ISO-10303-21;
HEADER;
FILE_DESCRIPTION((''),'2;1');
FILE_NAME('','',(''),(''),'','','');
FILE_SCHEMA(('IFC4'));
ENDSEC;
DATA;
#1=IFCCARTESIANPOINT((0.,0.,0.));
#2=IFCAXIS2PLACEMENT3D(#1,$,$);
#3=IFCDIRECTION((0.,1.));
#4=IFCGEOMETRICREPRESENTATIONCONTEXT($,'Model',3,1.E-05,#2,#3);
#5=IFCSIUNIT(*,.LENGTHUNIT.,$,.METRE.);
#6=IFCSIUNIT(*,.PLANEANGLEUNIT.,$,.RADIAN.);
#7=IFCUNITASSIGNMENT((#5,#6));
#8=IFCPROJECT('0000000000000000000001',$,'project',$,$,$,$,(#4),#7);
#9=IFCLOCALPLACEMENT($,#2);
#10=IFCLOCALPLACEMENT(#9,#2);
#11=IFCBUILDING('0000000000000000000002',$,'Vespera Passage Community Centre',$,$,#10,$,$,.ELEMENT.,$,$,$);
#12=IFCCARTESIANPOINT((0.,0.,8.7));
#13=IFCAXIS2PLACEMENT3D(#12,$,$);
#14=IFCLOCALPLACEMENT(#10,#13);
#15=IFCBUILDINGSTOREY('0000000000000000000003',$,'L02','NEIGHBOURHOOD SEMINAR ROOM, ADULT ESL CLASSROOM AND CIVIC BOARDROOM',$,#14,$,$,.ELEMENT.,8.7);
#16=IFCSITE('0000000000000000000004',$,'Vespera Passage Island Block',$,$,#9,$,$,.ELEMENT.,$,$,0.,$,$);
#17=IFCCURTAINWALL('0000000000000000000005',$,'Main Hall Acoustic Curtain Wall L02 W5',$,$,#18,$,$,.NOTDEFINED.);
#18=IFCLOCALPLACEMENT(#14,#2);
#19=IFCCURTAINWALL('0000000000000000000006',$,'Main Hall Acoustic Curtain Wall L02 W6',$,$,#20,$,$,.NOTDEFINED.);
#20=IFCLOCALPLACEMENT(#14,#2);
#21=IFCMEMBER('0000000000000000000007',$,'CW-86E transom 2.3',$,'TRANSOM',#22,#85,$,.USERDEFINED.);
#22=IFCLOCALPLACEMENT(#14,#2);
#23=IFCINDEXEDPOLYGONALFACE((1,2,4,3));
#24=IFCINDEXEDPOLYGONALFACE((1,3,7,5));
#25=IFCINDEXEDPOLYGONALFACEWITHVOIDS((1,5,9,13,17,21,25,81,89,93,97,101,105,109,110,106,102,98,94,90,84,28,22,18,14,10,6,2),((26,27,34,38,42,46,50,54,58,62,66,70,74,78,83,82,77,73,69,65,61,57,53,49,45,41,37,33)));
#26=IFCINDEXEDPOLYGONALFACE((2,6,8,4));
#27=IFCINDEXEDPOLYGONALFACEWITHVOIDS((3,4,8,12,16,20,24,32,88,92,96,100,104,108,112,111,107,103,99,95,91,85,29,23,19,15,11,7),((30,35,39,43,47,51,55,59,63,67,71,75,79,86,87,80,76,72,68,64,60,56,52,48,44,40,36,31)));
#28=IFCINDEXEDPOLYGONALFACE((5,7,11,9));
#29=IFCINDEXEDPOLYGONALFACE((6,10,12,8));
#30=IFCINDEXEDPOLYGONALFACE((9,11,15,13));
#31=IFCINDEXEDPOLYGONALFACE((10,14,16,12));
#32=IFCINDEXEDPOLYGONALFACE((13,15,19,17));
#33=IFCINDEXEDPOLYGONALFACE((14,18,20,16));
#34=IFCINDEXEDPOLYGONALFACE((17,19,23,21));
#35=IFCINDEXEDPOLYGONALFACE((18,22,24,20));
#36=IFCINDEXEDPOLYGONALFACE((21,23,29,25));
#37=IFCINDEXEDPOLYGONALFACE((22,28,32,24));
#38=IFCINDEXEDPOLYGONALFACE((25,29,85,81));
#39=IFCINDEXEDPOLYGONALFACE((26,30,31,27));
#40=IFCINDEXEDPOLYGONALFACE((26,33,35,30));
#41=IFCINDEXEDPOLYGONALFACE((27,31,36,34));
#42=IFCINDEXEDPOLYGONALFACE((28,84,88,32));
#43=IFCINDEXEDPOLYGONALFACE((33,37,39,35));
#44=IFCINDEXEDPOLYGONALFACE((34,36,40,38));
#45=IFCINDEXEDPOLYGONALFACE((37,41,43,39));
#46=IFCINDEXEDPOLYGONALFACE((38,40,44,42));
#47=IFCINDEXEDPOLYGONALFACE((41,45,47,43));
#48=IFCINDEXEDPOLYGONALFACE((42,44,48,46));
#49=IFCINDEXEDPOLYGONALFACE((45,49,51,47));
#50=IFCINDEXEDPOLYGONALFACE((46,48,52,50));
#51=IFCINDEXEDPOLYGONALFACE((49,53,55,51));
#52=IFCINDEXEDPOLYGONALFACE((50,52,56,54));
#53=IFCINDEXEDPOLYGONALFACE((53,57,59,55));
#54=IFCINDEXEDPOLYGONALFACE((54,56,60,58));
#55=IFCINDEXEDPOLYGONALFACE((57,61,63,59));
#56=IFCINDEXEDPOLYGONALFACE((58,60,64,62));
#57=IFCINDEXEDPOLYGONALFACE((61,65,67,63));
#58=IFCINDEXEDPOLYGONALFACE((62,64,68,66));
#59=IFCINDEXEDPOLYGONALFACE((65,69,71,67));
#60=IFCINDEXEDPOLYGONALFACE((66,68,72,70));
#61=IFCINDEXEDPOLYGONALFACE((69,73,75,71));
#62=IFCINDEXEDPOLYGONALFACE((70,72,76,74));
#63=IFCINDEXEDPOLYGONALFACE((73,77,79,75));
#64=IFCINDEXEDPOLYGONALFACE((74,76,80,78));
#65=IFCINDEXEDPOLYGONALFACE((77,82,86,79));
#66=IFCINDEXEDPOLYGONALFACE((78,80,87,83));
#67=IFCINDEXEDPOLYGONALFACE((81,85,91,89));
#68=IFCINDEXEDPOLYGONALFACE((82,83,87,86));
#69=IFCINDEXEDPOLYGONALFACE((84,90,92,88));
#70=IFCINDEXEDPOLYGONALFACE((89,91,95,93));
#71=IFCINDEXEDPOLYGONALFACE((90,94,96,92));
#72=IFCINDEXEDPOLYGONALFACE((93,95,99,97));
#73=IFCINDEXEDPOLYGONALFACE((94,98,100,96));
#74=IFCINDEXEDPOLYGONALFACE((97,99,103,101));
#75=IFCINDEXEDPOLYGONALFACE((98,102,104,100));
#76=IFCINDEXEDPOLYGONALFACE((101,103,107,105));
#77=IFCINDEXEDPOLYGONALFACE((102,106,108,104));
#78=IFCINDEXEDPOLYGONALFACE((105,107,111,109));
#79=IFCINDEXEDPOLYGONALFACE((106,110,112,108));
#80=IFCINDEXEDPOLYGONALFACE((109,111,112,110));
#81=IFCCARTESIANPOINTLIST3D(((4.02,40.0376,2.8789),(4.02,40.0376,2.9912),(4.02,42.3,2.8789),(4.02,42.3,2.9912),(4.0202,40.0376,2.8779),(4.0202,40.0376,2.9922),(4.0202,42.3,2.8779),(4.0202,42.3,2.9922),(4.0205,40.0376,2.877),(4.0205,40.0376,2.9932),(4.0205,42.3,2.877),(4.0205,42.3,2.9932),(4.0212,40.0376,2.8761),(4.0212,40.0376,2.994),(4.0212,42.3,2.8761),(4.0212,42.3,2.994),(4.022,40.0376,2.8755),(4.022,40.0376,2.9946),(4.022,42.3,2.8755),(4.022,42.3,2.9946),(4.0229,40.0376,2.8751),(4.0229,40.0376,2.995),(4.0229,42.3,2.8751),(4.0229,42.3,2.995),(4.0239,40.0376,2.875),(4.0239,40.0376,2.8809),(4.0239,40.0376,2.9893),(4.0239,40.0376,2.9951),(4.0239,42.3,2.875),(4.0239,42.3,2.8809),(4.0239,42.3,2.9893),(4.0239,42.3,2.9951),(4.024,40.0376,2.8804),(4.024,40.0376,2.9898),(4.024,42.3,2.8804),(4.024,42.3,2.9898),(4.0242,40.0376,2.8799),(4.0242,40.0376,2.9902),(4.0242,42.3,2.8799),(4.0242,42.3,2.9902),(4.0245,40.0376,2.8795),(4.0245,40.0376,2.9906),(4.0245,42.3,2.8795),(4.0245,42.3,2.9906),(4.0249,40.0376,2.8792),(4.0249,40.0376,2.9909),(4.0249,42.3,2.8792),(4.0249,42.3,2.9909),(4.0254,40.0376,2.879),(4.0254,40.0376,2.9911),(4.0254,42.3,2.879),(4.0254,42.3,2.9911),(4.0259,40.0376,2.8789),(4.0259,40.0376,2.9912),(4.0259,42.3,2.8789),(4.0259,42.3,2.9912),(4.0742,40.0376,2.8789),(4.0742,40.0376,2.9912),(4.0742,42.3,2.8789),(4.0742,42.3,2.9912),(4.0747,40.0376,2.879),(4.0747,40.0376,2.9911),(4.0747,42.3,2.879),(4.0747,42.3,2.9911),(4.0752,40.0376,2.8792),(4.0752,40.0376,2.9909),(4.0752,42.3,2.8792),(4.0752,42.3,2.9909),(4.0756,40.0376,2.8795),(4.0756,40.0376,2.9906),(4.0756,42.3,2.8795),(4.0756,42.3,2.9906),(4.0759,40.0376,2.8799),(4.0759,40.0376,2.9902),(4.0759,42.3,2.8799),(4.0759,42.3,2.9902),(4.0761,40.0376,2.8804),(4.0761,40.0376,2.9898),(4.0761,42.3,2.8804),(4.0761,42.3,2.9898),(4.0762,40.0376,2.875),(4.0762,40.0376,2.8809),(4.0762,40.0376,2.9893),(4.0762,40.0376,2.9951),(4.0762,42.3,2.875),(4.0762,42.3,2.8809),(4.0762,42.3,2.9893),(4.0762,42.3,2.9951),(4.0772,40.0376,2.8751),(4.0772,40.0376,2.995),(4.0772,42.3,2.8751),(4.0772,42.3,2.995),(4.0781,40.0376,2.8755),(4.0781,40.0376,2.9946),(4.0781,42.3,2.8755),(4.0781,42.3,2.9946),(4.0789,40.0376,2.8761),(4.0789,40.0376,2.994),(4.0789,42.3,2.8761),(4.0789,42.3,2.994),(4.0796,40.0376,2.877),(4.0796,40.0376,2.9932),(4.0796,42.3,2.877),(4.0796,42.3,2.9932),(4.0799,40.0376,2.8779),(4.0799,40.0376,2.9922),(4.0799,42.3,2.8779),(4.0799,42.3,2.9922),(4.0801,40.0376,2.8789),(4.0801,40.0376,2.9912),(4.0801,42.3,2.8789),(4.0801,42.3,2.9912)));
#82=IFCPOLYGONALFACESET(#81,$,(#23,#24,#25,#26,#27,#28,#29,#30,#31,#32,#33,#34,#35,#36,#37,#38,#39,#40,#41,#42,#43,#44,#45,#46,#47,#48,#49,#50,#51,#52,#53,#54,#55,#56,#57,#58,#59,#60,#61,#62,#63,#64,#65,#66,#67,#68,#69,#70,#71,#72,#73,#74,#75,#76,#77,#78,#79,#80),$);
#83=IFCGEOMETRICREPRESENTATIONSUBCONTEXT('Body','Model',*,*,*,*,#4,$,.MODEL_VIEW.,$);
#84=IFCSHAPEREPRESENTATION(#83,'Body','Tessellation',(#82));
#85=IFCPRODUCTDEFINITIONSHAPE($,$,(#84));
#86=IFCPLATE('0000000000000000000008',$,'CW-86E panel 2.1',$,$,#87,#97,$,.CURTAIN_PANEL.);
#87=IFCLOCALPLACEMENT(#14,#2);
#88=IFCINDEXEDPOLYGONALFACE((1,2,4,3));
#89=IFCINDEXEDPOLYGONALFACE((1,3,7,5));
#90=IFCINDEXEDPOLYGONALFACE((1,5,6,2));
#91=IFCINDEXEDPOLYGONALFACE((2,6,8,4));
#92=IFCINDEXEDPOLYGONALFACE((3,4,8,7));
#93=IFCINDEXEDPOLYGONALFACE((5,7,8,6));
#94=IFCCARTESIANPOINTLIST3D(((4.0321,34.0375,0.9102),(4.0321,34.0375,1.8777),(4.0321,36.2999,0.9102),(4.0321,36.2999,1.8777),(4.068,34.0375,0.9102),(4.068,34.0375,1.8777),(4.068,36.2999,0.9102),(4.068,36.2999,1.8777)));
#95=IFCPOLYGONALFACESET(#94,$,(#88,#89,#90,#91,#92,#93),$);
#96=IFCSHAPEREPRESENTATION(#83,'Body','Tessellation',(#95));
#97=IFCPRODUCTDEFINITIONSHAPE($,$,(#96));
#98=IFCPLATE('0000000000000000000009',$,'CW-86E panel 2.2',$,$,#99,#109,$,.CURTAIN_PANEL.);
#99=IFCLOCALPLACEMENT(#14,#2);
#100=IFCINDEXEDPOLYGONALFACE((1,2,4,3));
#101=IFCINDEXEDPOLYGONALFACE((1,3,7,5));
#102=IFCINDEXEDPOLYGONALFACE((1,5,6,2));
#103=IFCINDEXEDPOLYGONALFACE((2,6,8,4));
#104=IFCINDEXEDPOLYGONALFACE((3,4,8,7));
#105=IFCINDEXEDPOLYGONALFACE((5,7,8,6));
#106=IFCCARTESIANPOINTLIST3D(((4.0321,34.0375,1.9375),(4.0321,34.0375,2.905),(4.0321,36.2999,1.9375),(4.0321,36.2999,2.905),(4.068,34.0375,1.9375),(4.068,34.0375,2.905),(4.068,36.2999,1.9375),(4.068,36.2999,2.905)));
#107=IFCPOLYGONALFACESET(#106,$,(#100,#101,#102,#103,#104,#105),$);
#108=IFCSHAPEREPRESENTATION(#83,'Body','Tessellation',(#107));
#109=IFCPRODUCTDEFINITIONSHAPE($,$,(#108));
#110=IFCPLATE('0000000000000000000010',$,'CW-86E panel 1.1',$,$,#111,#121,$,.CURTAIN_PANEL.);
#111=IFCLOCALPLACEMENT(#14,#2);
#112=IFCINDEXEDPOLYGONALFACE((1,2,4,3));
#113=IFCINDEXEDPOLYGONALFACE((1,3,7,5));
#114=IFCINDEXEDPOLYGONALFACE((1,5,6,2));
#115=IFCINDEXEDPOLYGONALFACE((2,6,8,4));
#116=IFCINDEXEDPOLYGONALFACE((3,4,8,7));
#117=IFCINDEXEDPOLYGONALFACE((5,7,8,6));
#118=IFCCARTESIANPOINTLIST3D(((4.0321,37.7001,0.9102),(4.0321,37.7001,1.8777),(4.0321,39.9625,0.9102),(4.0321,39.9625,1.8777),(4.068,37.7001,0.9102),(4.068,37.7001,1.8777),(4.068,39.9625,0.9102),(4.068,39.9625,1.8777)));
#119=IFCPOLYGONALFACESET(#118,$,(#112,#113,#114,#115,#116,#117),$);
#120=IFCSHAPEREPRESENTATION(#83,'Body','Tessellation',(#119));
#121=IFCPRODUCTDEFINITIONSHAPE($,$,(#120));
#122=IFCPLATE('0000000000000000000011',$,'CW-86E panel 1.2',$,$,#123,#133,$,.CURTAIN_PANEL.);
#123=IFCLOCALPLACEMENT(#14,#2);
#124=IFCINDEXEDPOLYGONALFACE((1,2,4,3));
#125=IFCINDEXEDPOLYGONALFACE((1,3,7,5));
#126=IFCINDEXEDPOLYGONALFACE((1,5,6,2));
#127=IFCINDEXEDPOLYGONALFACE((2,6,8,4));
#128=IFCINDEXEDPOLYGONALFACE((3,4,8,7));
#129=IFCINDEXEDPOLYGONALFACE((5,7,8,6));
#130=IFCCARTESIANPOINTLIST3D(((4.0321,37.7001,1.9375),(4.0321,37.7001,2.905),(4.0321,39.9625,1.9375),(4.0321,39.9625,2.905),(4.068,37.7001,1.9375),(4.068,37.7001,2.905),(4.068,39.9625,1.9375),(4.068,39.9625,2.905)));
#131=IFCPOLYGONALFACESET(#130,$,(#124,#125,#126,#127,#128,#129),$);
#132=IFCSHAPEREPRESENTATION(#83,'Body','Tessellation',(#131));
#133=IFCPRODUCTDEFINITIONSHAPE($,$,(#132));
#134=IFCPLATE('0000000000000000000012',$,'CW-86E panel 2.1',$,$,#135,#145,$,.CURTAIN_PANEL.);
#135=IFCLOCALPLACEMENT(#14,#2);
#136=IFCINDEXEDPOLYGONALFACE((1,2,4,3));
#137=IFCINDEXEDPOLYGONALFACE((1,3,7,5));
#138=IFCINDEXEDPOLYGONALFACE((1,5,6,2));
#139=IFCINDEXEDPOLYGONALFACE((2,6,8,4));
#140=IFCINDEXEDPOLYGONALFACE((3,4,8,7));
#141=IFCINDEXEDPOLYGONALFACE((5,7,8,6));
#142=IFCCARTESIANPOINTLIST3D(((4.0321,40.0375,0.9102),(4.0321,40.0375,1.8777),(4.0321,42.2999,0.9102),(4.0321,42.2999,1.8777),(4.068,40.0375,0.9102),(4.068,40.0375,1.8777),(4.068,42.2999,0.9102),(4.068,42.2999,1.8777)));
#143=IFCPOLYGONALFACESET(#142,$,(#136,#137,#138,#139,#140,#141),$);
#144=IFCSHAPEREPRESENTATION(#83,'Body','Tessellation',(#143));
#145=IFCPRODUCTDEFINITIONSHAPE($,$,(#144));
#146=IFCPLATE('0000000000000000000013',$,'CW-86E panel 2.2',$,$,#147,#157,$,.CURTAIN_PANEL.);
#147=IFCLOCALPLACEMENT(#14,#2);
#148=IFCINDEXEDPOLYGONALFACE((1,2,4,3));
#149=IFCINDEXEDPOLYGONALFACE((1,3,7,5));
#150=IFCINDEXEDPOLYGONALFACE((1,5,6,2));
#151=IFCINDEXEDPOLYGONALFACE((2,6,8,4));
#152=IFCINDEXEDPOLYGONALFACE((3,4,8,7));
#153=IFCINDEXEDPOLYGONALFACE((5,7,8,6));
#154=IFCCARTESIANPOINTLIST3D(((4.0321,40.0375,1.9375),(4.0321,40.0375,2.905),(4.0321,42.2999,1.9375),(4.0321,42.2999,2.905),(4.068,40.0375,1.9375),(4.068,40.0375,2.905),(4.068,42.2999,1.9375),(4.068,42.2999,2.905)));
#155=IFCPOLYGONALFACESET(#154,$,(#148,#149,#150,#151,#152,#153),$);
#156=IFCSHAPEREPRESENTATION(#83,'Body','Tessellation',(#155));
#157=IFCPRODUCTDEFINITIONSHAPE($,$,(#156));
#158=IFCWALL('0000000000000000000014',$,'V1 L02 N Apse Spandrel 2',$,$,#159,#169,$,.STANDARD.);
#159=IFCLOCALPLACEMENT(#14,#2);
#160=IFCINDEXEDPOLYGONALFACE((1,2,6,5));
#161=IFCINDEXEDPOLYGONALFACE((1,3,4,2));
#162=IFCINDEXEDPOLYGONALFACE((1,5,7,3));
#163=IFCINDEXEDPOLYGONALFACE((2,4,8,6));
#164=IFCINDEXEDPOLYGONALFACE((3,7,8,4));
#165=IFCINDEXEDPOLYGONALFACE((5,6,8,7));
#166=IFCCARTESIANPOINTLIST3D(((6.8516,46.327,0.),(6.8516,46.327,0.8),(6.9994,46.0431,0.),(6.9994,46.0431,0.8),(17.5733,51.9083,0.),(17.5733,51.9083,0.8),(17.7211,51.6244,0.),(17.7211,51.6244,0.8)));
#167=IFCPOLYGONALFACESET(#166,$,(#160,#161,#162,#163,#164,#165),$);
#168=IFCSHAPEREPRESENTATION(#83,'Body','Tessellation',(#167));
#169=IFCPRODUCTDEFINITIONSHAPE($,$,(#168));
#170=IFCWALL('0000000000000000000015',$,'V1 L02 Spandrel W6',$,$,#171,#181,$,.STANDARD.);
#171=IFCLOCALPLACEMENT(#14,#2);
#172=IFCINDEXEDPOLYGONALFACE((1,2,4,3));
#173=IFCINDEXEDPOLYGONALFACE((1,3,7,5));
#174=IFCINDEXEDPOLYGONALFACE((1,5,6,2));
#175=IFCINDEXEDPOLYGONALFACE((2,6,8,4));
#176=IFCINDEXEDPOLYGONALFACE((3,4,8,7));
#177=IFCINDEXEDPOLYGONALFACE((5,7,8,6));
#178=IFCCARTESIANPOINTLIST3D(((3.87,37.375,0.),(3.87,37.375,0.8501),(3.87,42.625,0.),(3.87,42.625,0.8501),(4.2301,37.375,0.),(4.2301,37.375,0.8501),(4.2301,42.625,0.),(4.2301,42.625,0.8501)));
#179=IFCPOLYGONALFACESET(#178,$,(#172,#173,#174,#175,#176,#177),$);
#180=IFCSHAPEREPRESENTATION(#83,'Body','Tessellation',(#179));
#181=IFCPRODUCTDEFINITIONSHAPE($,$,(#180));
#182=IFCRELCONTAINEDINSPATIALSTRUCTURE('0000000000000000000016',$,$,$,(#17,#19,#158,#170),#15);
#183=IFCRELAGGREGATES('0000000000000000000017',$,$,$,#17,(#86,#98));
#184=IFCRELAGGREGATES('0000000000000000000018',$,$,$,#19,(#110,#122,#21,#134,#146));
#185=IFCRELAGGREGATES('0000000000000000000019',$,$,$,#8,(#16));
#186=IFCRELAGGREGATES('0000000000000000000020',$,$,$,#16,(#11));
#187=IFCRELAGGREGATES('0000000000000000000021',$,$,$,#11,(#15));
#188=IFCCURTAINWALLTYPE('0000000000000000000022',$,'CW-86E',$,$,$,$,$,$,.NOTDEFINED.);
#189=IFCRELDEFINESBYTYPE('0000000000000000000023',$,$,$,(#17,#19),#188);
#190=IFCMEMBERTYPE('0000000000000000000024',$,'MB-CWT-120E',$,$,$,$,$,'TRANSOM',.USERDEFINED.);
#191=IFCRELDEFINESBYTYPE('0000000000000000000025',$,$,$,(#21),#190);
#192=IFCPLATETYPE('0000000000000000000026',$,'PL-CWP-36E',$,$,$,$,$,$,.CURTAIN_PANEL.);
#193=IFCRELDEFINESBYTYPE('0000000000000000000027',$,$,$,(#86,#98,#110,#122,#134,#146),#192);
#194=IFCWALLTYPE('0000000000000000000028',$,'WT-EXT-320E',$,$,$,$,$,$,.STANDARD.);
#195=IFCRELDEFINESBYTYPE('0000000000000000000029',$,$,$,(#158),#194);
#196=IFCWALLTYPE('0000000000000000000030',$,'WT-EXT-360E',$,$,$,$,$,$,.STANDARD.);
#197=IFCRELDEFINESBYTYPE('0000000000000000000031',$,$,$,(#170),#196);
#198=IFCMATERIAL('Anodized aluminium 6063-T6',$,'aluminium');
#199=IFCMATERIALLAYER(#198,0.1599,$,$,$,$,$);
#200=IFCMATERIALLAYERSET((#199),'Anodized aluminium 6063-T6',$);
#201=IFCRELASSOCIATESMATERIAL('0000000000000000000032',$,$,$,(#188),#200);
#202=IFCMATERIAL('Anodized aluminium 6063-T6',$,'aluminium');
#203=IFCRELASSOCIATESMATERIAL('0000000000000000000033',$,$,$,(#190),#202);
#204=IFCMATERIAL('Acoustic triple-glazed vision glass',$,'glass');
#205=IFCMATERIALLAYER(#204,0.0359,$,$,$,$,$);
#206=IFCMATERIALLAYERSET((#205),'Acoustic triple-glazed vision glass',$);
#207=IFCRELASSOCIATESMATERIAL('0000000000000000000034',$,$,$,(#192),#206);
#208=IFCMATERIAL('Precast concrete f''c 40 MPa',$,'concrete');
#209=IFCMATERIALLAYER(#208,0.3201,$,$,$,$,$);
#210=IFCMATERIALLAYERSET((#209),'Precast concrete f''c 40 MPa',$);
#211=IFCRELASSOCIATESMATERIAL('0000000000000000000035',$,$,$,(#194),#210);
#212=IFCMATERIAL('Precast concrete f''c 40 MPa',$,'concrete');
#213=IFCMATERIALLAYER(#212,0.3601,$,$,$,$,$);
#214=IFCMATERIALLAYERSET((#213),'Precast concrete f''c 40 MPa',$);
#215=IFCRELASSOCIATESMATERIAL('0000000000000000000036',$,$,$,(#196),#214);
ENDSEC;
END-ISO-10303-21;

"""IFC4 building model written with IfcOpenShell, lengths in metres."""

from ifc_helpers import new_model, si_unit, direction, frame, frame_2d, origin, origin_2d, place, context, subcontext, project, spatial, rectangle, hollow_rectangle, extrude, material, layer, layer_set, material_profile, profile_set, type_object, element, aggregate, save


model = new_model("IFC4")

# Units and contexts
model_context = context("Model", 3, precision=1e-05, world=origin(), true_north=direction((0.0, 1.0)))
body_context = subcontext(model_context, "Body", "Model", "MODEL_VIEW")
ifc_project = project(units=[si_unit("LENGTHUNIT", "METRE"), si_unit("PLANEANGLEUNIT", "RADIAN")], contexts=[model_context])

# Site, building, storey
site_placement = place(None, origin())
site = spatial("IfcSite", under=ifc_project, at=site_placement, Name="Vespera Passage Island Block", CompositionType="ELEMENT", RefElevation=0.0)
building_placement = place(site_placement, origin())
building = spatial("IfcBuilding", under=site, at=building_placement, Name="Vespera Passage Community Centre", CompositionType="ELEMENT")
storey_placement = place(building_placement, frame((0.0, 0.0, 8.7)))
storey = spatial("IfcBuildingStorey", under=building, at=storey_placement, Name="L02", Description="NEIGHBOURHOOD SEMINAR ROOM, ADULT ESL CLASSROOM AND CIVIC BOARDROOM", CompositionType="ELEMENT", Elevation=8.7)

# Curtain walls
ifc_material_1 = material(Name="Anodized aluminium 6063-T6", Category="aluminium")
ifc_layer_1 = layer(ifc_material_1, 0.1599)
ifc_layer_set_1 = layer_set([ifc_layer_1], Name="Anodized aluminium 6063-T6")
curtain_wall_type = type_object("IfcCurtainWallType", Name="CW-86E", PredefinedType="NOTDEFINED", material=ifc_layer_set_1)
curtain_wall_1_placement = place(storey_placement, origin())
curtain_wall_1 = element("IfcCurtainWall", 1, at=curtain_wall_1_placement, inside=storey, type_object=curtain_wall_type, Name="Main Hall Acoustic Curtain Wall L02 W5", PredefinedType="NOTDEFINED")
curtain_wall_2_placement = place(storey_placement, origin())
curtain_wall_2 = element("IfcCurtainWall", 2, at=curtain_wall_2_placement, inside=storey, type_object=curtain_wall_type, Name="Main Hall Acoustic Curtain Wall L02 W6", PredefinedType="NOTDEFINED")

# Member
ifc_material_2 = material(Name="Anodized aluminium 6063-T6", Category="aluminium")
ifc_material_profile_1 = material_profile(ifc_material_2, hollow_rectangle(XDim=0.0601, YDim=0.1201, WallThickness=0.0039, InnerFilletRadius=0.002, OuterFilletRadius=0.0039, at=origin_2d()), Name="ALU120X60X4")
ifc_profile_set_1 = profile_set([ifc_material_profile_1], Name="Anodized aluminium 6063-T6")
member_type_1 = type_object("IfcMemberType", Name="MB-CWT-120E", ElementType="TRANSOM", PredefinedType="USERDEFINED", material=ifc_profile_set_1)
member_1_placement = place(storey_placement, frame((4.05, 40.0376, 2.9351), z_axis=(0.0, 1.0, 0.0), x_axis=(-1.0, 0.0, 0.0)))
member_1 = element("IfcMember", 3, at=member_1_placement, type_object=member_type_1, Name="CW-86E transom 2.3", ObjectType="TRANSOM", PredefinedType="USERDEFINED", context=body_context, shape_type="SweptSolid", body=[
    extrude(hollow_rectangle(XDim=0.0601, YDim=0.1201, WallThickness=0.0039, InnerFilletRadius=0.002, OuterFilletRadius=0.0039, at=origin_2d()), origin(), (0.0, 0.0, 1.0), 2.2625),
])

# Plates
ifc_material_3 = material(Name="Acoustic triple-glazed vision glass", Category="glass")
ifc_layer_2 = layer(ifc_material_3, 0.0359)
ifc_layer_set_2 = layer_set([ifc_layer_2], Name="Acoustic triple-glazed vision glass")
plate_type = type_object("IfcPlateType", Name="PL-CWP-36E", PredefinedType="CURTAIN_PANEL", material=ifc_layer_set_2)
plate_1_placement = place(storey_placement, frame((4.05, 35.1687, 0.9102), z_axis=(0.0, 0.0, 1.0), x_axis=(0.0, 1.0, 0.0)))
plate_1 = element("IfcPlate", 4, at=plate_1_placement, type_object=plate_type, Name="CW-86E panel 2.1", PredefinedType="CURTAIN_PANEL", context=body_context, shape_type="SweptSolid", body=[
    extrude(rectangle(XDim=2.2625, YDim=0.0359, at=origin_2d()), origin(), (0.0, 0.0, 1.0), 0.9675),
])
plate_2_placement = place(storey_placement, frame((4.05, 35.1687, 1.9375), z_axis=(0.0, 0.0, 1.0), x_axis=(0.0, 1.0, 0.0)))
plate_2 = element("IfcPlate", 5, at=plate_2_placement, type_object=plate_type, Name="CW-86E panel 2.2", PredefinedType="CURTAIN_PANEL", context=body_context, shape_type="SweptSolid", body=[
    extrude(rectangle(XDim=2.2625, YDim=0.0359, at=origin_2d()), origin(), (0.0, 0.0, 1.0), 0.9675),
])
aggregate(curtain_wall_1, [plate_1, plate_2])
plate_3_placement = place(storey_placement, frame((4.05, 38.8313, 0.9102), z_axis=(0.0, 0.0, 1.0), x_axis=(0.0, 1.0, 0.0)))
plate_3 = element("IfcPlate", 6, at=plate_3_placement, type_object=plate_type, Name="CW-86E panel 1.1", PredefinedType="CURTAIN_PANEL", context=body_context, shape_type="SweptSolid", body=[
    extrude(rectangle(XDim=2.2625, YDim=0.0359, at=origin_2d()), origin(), (0.0, 0.0, 1.0), 0.9675),
])
plate_4_placement = place(storey_placement, frame((4.05, 38.8313, 1.9375), z_axis=(0.0, 0.0, 1.0), x_axis=(0.0, 1.0, 0.0)))
plate_4 = element("IfcPlate", 7, at=plate_4_placement, type_object=plate_type, Name="CW-86E panel 1.2", PredefinedType="CURTAIN_PANEL", context=body_context, shape_type="SweptSolid", body=[
    extrude(rectangle(XDim=2.2625, YDim=0.0359, at=origin_2d()), origin(), (0.0, 0.0, 1.0), 0.9675),
])
plate_5_placement = place(storey_placement, frame((4.05, 41.1687, 0.9102), z_axis=(0.0, 0.0, 1.0), x_axis=(0.0, 1.0, 0.0)))
plate_5 = element("IfcPlate", 8, at=plate_5_placement, type_object=plate_type, Name="CW-86E panel 2.1", PredefinedType="CURTAIN_PANEL", context=body_context, shape_type="SweptSolid", body=[
    extrude(rectangle(XDim=2.2625, YDim=0.0359, at=origin_2d()), origin(), (0.0, 0.0, 1.0), 0.9675),
])
plate_6_placement = place(storey_placement, frame((4.05, 41.1687, 1.9375), z_axis=(0.0, 0.0, 1.0), x_axis=(0.0, 1.0, 0.0)))
plate_6 = element("IfcPlate", 9, at=plate_6_placement, type_object=plate_type, Name="CW-86E panel 2.2", PredefinedType="CURTAIN_PANEL", context=body_context, shape_type="SweptSolid", body=[
    extrude(rectangle(XDim=2.2625, YDim=0.0359, at=origin_2d()), origin(), (0.0, 0.0, 1.0), 0.9675),
])
aggregate(curtain_wall_2, [plate_3, plate_4, member_1, plate_5, plate_6])

# Walls
ifc_material_4 = material(Name="Precast concrete f'c 40 MPa", Category="concrete")
ifc_layer_3 = layer(ifc_material_4, 0.3201)
ifc_layer_set_3 = layer_set([ifc_layer_3], Name="Precast concrete f'c 40 MPa")
wall_type_1 = type_object("IfcWallType", Name="WT-EXT-320E", PredefinedType="STANDARD", material=ifc_layer_set_3)
wall_1_placement = place(storey_placement, frame((6.9255, 46.1851, 0.0), z_axis=(0.0, 0.0, 1.0), x_axis=(0.887013, 0.461745, 0.0)))
element("IfcWall", 10, at=wall_1_placement, inside=storey, type_object=wall_type_1, Name="V1 L02 N Apse Spandrel 2", PredefinedType="STANDARD", context=body_context, shape_type="SweptSolid", body=[
    extrude(rectangle(XDim=12.0874, YDim=0.3201, at=frame_2d((6.0437, 0.0))), origin(), (0.0, 0.0, 1.0), 0.8),
])
ifc_material_5 = material(Name="Precast concrete f'c 40 MPa", Category="concrete")
ifc_layer_4 = layer(ifc_material_5, 0.3601)
ifc_layer_set_4 = layer_set([ifc_layer_4], Name="Precast concrete f'c 40 MPa")
wall_type_2 = type_object("IfcWallType", Name="WT-EXT-360E", PredefinedType="STANDARD", material=ifc_layer_set_4)
wall_2_placement = place(storey_placement, frame((4.05, 37.375, 0.0), z_axis=(0.0, 0.0, 1.0), x_axis=(0.0, 1.0, 0.0)))
element("IfcWall", 11, at=wall_2_placement, inside=storey, type_object=wall_type_2, Name="V1 L02 Spandrel W6", PredefinedType="STANDARD", context=body_context, shape_type="SweptSolid", body=[
    extrude(rectangle(XDim=5.25, YDim=0.3601, at=frame_2d((2.625, 0.0))), origin(), (0.0, 0.0, 1.0), 0.8501),
])

save(model, "model.ifc")
